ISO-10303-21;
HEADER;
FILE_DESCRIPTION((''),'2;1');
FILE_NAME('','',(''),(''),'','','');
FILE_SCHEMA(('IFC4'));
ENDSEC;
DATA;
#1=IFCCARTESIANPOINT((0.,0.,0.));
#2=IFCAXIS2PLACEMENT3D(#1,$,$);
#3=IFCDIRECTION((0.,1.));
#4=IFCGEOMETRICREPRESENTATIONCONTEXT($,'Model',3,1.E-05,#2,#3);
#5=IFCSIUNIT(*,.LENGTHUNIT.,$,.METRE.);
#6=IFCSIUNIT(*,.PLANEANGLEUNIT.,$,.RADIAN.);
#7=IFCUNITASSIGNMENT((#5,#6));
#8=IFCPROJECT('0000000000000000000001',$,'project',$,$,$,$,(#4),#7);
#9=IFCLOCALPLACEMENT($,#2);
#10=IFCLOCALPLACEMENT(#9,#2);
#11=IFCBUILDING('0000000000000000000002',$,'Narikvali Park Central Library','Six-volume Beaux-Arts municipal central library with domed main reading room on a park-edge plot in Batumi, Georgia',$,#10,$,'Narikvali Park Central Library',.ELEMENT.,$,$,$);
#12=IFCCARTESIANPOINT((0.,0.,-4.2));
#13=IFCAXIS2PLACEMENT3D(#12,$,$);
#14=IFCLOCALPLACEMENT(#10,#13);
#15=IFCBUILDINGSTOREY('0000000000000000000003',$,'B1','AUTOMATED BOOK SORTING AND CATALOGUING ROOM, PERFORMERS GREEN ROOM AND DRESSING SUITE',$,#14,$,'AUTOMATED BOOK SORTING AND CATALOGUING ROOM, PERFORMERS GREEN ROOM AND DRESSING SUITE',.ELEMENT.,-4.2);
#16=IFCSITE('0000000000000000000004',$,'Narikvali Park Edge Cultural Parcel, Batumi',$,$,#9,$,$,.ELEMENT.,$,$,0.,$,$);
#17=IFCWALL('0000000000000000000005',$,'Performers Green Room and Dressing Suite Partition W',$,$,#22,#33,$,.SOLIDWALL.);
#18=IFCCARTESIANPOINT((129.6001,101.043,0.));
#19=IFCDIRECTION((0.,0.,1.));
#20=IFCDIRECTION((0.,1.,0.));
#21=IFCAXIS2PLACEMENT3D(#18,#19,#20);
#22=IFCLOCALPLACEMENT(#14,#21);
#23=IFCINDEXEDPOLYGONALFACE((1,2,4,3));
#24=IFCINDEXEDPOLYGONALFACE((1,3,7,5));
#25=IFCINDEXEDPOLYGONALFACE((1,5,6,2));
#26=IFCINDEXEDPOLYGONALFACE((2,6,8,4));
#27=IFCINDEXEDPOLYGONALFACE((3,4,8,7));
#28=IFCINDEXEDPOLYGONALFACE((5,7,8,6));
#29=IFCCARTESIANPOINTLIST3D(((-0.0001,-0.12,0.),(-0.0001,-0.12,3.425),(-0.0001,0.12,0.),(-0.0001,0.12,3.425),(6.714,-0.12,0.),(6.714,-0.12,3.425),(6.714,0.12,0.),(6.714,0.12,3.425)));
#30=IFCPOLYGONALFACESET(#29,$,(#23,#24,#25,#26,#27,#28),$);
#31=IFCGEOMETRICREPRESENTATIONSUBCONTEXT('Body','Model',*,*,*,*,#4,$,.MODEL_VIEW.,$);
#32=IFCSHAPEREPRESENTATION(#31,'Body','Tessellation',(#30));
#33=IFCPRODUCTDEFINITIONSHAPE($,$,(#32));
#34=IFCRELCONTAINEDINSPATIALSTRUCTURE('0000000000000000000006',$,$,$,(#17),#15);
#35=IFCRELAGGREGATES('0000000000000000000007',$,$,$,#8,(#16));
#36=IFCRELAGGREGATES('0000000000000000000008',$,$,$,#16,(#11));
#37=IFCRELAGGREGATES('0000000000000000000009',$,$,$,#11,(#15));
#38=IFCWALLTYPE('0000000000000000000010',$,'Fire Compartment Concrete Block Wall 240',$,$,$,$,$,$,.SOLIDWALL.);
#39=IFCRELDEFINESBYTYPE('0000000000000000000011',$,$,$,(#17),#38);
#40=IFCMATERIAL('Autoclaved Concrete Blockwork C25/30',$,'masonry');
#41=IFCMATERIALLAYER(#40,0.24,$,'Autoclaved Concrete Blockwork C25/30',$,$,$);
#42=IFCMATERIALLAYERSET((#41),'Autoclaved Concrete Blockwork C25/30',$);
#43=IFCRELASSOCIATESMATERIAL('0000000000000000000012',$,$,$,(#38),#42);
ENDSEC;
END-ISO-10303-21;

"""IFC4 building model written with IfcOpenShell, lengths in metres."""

from ifc_helpers import new_model, si_unit, direction, frame, frame_2d, origin, place, context, subcontext, project, spatial, rectangle, extrude, material, layer, layer_set, type_object, element, save


model = new_model("IFC4")

# Units and contexts
model_context = context("Model", 3, precision=1e-05, world=origin(), true_north=direction((0.0, 1.0)))
body_context = subcontext(model_context, "Body", "Model", "MODEL_VIEW")
ifc_project = project(units=[si_unit("LENGTHUNIT", "METRE"), si_unit("PLANEANGLEUNIT", "RADIAN")], contexts=[model_context])

# Site, building, storey
site_placement = place(None, origin())
site = spatial("IfcSite", under=ifc_project, at=site_placement, Name="Narikvali Park Edge Cultural Parcel, Batumi", CompositionType="ELEMENT", RefElevation=0.0)
building_placement = place(site_placement, origin())
building = spatial("IfcBuilding", under=site, at=building_placement, Name="Narikvali Park Central Library", Description="Six-volume Beaux-Arts municipal central library with domed main reading room on a park-edge plot in Batumi, Georgia", LongName="Narikvali Park Central Library", CompositionType="ELEMENT")
storey_placement = place(building_placement, frame((0.0, 0.0, -4.2)))
storey = spatial("IfcBuildingStorey", under=building, at=storey_placement, Name="B1", Description="AUTOMATED BOOK SORTING AND CATALOGUING ROOM, PERFORMERS GREEN ROOM AND DRESSING SUITE", LongName="AUTOMATED BOOK SORTING AND CATALOGUING ROOM, PERFORMERS GREEN ROOM AND DRESSING SUITE", CompositionType="ELEMENT", Elevation=-4.2)

# Wall
ifc_material_1 = material(Name="Autoclaved Concrete Blockwork C25/30", Category="masonry")
ifc_layer_1 = layer(ifc_material_1, 0.24, Name="Autoclaved Concrete Blockwork C25/30")
ifc_layer_set_1 = layer_set([ifc_layer_1], Name="Autoclaved Concrete Blockwork C25/30")
wall_type_1 = type_object("IfcWallType", Name="Fire Compartment Concrete Block Wall 240", PredefinedType="SOLIDWALL", material=ifc_layer_set_1)
wall_1_placement = place(storey_placement, frame((129.6001, 101.043, 0.0), z_axis=(0.0, 0.0, 1.0), x_axis=(0.0, 1.0, 0.0)))
element("IfcWall", 1, at=wall_1_placement, inside=storey, type_object=wall_type_1, Name="Performers Green Room and Dressing Suite Partition W", PredefinedType="SOLIDWALL", context=body_context, shape_type="SweptSolid", body=[
    extrude(rectangle(XDim=6.7141, YDim=0.24, at=frame_2d((3.3569, 0.0))), origin(), (0.0, 0.0, 1.0), 3.425),
])

save(model, "model.ifc")
